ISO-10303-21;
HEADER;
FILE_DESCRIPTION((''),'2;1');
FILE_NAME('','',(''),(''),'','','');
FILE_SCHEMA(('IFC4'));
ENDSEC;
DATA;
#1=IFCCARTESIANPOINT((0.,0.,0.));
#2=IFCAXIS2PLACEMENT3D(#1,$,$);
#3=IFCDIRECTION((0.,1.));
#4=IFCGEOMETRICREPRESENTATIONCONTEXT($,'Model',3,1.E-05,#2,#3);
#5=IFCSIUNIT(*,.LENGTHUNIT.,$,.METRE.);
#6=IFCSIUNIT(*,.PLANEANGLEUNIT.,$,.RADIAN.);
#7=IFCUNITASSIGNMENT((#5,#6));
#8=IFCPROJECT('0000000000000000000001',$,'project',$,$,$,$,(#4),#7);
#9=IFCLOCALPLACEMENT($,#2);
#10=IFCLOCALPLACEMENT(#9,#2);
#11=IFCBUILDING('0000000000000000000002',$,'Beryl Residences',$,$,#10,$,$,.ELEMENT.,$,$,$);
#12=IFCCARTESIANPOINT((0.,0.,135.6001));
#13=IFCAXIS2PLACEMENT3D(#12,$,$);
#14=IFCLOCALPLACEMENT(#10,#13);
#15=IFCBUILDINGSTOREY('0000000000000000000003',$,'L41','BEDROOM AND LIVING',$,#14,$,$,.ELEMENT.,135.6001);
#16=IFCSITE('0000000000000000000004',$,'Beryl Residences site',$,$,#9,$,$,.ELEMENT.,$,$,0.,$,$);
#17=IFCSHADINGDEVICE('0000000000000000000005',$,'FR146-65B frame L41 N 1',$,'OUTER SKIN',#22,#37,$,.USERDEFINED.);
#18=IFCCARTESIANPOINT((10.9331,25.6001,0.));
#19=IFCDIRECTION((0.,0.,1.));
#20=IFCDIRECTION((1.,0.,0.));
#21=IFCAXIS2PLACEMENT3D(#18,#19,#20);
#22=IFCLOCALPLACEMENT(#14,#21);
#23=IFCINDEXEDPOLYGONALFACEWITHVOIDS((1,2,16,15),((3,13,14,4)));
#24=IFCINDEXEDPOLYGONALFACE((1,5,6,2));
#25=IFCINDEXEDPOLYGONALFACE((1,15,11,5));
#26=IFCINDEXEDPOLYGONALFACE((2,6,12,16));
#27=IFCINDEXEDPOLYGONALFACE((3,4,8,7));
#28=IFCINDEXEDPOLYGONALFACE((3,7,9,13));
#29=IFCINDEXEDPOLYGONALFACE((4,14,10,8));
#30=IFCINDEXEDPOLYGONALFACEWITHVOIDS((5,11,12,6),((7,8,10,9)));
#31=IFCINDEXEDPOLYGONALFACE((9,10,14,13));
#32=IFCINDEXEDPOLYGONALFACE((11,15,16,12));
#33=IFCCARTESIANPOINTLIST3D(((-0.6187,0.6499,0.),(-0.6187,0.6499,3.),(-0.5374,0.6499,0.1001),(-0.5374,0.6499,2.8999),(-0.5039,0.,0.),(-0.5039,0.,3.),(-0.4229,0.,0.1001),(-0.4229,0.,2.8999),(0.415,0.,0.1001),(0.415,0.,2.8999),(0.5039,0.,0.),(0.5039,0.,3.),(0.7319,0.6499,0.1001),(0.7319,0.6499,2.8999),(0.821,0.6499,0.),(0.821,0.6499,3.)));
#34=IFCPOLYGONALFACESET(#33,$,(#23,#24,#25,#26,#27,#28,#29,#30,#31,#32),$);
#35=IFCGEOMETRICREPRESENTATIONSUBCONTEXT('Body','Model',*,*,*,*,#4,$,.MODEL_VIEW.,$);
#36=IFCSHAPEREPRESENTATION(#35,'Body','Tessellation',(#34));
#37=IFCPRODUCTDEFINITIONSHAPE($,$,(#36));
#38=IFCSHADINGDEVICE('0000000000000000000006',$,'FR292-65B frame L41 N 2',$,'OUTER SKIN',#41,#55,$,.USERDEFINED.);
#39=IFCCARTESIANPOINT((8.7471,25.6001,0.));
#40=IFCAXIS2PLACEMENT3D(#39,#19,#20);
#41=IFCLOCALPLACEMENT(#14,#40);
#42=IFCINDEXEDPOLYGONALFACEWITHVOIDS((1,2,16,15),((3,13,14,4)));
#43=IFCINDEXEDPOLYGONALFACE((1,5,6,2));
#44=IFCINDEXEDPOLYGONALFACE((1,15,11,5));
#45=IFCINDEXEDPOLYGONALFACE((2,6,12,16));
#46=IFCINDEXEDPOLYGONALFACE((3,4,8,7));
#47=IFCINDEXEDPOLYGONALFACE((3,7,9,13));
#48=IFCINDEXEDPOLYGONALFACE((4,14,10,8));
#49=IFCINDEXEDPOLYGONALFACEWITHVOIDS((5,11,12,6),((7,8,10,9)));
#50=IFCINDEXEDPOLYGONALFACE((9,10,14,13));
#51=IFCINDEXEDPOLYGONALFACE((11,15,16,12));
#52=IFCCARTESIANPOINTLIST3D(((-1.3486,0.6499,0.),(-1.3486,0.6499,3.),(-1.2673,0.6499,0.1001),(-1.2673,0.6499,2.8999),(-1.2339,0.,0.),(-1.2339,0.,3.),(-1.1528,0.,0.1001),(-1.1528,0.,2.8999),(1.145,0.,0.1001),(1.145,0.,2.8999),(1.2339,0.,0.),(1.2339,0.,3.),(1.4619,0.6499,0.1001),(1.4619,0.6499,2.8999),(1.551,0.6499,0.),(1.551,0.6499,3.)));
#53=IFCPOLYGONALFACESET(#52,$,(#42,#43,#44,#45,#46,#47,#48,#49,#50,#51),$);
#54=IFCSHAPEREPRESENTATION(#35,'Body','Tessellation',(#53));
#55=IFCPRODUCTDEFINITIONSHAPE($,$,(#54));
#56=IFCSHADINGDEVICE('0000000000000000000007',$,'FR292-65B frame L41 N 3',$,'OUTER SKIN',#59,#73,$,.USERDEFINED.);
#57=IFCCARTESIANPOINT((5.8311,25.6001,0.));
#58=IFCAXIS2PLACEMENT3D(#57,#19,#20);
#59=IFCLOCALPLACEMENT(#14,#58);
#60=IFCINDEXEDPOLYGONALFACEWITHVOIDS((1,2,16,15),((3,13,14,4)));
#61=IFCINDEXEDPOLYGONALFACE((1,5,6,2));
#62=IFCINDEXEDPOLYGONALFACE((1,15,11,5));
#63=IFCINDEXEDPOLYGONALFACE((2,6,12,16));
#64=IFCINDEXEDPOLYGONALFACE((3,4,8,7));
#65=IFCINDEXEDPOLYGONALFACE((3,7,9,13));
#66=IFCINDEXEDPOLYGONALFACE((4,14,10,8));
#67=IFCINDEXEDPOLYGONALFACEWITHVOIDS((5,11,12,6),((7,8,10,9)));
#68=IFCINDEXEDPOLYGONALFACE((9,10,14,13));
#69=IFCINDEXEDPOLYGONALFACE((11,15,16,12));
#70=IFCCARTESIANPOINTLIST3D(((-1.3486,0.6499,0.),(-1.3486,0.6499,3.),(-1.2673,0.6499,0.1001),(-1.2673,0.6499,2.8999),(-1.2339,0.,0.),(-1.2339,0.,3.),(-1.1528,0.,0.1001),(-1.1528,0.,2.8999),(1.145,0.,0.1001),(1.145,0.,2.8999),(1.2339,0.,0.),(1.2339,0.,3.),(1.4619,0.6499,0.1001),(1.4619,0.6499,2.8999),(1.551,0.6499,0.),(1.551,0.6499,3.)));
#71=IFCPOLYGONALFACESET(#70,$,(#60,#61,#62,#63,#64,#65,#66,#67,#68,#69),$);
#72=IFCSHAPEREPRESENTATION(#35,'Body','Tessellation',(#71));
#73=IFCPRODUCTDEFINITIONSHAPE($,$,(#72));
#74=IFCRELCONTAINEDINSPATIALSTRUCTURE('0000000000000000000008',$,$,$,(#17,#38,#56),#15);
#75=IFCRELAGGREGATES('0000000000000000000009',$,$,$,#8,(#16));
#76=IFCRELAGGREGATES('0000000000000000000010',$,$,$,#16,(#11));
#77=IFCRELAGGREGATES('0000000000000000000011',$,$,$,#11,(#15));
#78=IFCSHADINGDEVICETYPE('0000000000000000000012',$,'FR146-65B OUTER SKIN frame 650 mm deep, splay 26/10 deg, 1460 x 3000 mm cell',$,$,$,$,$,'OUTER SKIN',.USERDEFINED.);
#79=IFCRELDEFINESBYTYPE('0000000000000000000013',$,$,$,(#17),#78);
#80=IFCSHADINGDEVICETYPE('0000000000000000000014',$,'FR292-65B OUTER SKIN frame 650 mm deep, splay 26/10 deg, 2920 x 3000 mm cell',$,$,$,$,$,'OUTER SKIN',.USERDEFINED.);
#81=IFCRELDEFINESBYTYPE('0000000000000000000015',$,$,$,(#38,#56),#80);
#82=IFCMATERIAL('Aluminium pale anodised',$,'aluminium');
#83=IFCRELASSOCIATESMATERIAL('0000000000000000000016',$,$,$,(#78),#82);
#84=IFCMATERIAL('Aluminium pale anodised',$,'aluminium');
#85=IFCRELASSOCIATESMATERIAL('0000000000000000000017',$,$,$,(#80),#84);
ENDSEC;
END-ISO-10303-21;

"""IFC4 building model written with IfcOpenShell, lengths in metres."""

from ifc_helpers import new_model, entity, si_unit, direction, frame, origin, place, context, subcontext, project, spatial, source, transform, mapped, material, type_object, type_shapes, element, save


model = new_model("IFC4")

# Units and contexts
model_context = context("Model", 3, precision=1e-05, world=origin(), true_north=direction((0.0, 1.0)))
body_context = subcontext(model_context, "Body", "Model", "MODEL_VIEW")
ifc_project = project(units=[si_unit("LENGTHUNIT", "METRE"), si_unit("PLANEANGLEUNIT", "RADIAN")], contexts=[model_context])

# Site, building, storey
site_placement = place(None, origin())
site = spatial("IfcSite", under=ifc_project, at=site_placement, Name="Beryl Residences site", CompositionType="ELEMENT", RefElevation=0.0)
building_placement = place(site_placement, origin())
building = spatial("IfcBuilding", under=site, at=building_placement, Name="Beryl Residences", CompositionType="ELEMENT")
storey_placement = place(building_placement, frame((0.0, 0.0, 135.6001)))
storey = spatial("IfcBuildingStorey", under=building, at=storey_placement, Name="L41", Description="BEDROOM AND LIVING", CompositionType="ELEMENT", Elevation=135.6001)

# Shading devices
ifc_material_1 = material(Name="Aluminium pale anodised", Category="aluminium")
shading_device_type_1 = type_object("IfcShadingDeviceType", Name="FR146-65B OUTER SKIN frame 650 mm deep, splay 26/10 deg, 1460 x 3000 mm cell", ElementType="OUTER SKIN", PredefinedType="USERDEFINED", material=ifc_material_1)
cartesian_point_1 = entity("IfcCartesianPoint", [-0.5039, 0.0])
cartesian_point_2 = entity("IfcCartesianPoint", [-0.415, 0.1001])
cartesian_point_3 = entity("IfcCartesianPoint", [-0.821, 0.0])
cartesian_point_4 = entity("IfcCartesianPoint", [-0.7319, 0.1001])
shared_shape_1 = source(origin(), body_context, "Body", "SweptSolid", [
    entity("IfcExtrudedAreaSolidTapered", entity("IfcArbitraryProfileDefWithVoids", "AREA", None, entity("IfcPolyline", [cartesian_point_1, entity("IfcCartesianPoint", [0.5039, 0.0]), entity("IfcCartesianPoint", [0.5039, 3.0]), entity("IfcCartesianPoint", [-0.5039, 3.0]), cartesian_point_1]), [entity("IfcPolyline", [cartesian_point_2, entity("IfcCartesianPoint", [0.4229, 0.1001]), entity("IfcCartesianPoint", [0.4229, 2.8999]), entity("IfcCartesianPoint", [-0.415, 2.8999]), cartesian_point_2])]), entity("IfcAxis2Placement3D", entity("IfcCartesianPoint", [0.0, 0.0, 0.0]), entity("IfcDirection", [0.0, 1.0, 0.0]), entity("IfcDirection", [-1.0, 0.0, 0.0])), entity("IfcDirection", [0.0, 0.0, 1.0]), 0.6499, entity("IfcArbitraryProfileDefWithVoids", "AREA", None, entity("IfcPolyline", [cartesian_point_3, entity("IfcCartesianPoint", [0.6187, 0.0]), entity("IfcCartesianPoint", [0.6187, 3.0]), entity("IfcCartesianPoint", [-0.821, 3.0]), cartesian_point_3]), [entity("IfcPolyline", [cartesian_point_4, entity("IfcCartesianPoint", [0.5374, 0.1001]), entity("IfcCartesianPoint", [0.5374, 2.8999]), entity("IfcCartesianPoint", [-0.7319, 2.8999]), cartesian_point_4])])),
])
type_shapes(shading_device_type_1, [shared_shape_1])
shading_device_placement = place(storey_placement, frame((10.9331, 25.6001, 0.0), z_axis=(0.0, 0.0, 1.0), x_axis=(1.0, 0.0, 0.0)))
element("IfcShadingDevice", 1, at=shading_device_placement, inside=storey, type_object=shading_device_type_1, Name="FR146-65B frame L41 N 1", ObjectType="OUTER SKIN", PredefinedType="USERDEFINED", context=body_context, shape_type="MappedRepresentation", body=[
    mapped(shared_shape_1, transform((0.0, 0.0, 0.0))),
])
ifc_material_2 = material(Name="Aluminium pale anodised", Category="aluminium")
shading_device_type_2 = type_object("IfcShadingDeviceType", Name="FR292-65B OUTER SKIN frame 650 mm deep, splay 26/10 deg, 2920 x 3000 mm cell", ElementType="OUTER SKIN", PredefinedType="USERDEFINED", material=ifc_material_2)
cartesian_point_5 = entity("IfcCartesianPoint", [-1.2339, 0.0])
cartesian_point_6 = entity("IfcCartesianPoint", [-1.145, 0.1001])
cartesian_point_7 = entity("IfcCartesianPoint", [-1.551, 0.0])
cartesian_point_8 = entity("IfcCartesianPoint", [-1.4619, 0.1001])
shared_shape_2 = source(origin(), body_context, "Body", "SweptSolid", [
    entity("IfcExtrudedAreaSolidTapered", entity("IfcArbitraryProfileDefWithVoids", "AREA", None, entity("IfcPolyline", [cartesian_point_5, entity("IfcCartesianPoint", [1.2339, 0.0]), entity("IfcCartesianPoint", [1.2339, 3.0]), entity("IfcCartesianPoint", [-1.2339, 3.0]), cartesian_point_5]), [entity("IfcPolyline", [cartesian_point_6, entity("IfcCartesianPoint", [1.1528, 0.1001]), entity("IfcCartesianPoint", [1.1528, 2.8999]), entity("IfcCartesianPoint", [-1.145, 2.8999]), cartesian_point_6])]), entity("IfcAxis2Placement3D", entity("IfcCartesianPoint", [0.0, 0.0, 0.0]), entity("IfcDirection", [0.0, 1.0, 0.0]), entity("IfcDirection", [-1.0, 0.0, 0.0])), entity("IfcDirection", [0.0, 0.0, 1.0]), 0.6499, entity("IfcArbitraryProfileDefWithVoids", "AREA", None, entity("IfcPolyline", [cartesian_point_7, entity("IfcCartesianPoint", [1.3486, 0.0]), entity("IfcCartesianPoint", [1.3486, 3.0]), entity("IfcCartesianPoint", [-1.551, 3.0]), cartesian_point_7]), [entity("IfcPolyline", [cartesian_point_8, entity("IfcCartesianPoint", [1.2673, 0.1001]), entity("IfcCartesianPoint", [1.2673, 2.8999]), entity("IfcCartesianPoint", [-1.4619, 2.8999]), cartesian_point_8])])),
])
type_shapes(shading_device_type_2, [shared_shape_2])
for number, where, z_axis, x_axis, name in (
    (2, (8.7471, 25.6001, 0.0), (0.0, 0.0, 1.0), (1.0, 0.0, 0.0), "FR292-65B frame L41 N 2"),
    (3, (5.8311, 25.6001, 0.0), (0.0, 0.0, 1.0), (1.0, 0.0, 0.0), "FR292-65B frame L41 N 3"),
):
    element("IfcShadingDevice", number, at=place(storey_placement, frame(where, z_axis=z_axis, x_axis=x_axis)), inside=storey, type_object=shading_device_type_2, Name=name, ObjectType="OUTER SKIN", PredefinedType="USERDEFINED", context=body_context, shape_type="MappedRepresentation", body=[
        mapped(shared_shape_2, transform((0.0, 0.0, 0.0))),
    ])

save(model, "model.ifc")
